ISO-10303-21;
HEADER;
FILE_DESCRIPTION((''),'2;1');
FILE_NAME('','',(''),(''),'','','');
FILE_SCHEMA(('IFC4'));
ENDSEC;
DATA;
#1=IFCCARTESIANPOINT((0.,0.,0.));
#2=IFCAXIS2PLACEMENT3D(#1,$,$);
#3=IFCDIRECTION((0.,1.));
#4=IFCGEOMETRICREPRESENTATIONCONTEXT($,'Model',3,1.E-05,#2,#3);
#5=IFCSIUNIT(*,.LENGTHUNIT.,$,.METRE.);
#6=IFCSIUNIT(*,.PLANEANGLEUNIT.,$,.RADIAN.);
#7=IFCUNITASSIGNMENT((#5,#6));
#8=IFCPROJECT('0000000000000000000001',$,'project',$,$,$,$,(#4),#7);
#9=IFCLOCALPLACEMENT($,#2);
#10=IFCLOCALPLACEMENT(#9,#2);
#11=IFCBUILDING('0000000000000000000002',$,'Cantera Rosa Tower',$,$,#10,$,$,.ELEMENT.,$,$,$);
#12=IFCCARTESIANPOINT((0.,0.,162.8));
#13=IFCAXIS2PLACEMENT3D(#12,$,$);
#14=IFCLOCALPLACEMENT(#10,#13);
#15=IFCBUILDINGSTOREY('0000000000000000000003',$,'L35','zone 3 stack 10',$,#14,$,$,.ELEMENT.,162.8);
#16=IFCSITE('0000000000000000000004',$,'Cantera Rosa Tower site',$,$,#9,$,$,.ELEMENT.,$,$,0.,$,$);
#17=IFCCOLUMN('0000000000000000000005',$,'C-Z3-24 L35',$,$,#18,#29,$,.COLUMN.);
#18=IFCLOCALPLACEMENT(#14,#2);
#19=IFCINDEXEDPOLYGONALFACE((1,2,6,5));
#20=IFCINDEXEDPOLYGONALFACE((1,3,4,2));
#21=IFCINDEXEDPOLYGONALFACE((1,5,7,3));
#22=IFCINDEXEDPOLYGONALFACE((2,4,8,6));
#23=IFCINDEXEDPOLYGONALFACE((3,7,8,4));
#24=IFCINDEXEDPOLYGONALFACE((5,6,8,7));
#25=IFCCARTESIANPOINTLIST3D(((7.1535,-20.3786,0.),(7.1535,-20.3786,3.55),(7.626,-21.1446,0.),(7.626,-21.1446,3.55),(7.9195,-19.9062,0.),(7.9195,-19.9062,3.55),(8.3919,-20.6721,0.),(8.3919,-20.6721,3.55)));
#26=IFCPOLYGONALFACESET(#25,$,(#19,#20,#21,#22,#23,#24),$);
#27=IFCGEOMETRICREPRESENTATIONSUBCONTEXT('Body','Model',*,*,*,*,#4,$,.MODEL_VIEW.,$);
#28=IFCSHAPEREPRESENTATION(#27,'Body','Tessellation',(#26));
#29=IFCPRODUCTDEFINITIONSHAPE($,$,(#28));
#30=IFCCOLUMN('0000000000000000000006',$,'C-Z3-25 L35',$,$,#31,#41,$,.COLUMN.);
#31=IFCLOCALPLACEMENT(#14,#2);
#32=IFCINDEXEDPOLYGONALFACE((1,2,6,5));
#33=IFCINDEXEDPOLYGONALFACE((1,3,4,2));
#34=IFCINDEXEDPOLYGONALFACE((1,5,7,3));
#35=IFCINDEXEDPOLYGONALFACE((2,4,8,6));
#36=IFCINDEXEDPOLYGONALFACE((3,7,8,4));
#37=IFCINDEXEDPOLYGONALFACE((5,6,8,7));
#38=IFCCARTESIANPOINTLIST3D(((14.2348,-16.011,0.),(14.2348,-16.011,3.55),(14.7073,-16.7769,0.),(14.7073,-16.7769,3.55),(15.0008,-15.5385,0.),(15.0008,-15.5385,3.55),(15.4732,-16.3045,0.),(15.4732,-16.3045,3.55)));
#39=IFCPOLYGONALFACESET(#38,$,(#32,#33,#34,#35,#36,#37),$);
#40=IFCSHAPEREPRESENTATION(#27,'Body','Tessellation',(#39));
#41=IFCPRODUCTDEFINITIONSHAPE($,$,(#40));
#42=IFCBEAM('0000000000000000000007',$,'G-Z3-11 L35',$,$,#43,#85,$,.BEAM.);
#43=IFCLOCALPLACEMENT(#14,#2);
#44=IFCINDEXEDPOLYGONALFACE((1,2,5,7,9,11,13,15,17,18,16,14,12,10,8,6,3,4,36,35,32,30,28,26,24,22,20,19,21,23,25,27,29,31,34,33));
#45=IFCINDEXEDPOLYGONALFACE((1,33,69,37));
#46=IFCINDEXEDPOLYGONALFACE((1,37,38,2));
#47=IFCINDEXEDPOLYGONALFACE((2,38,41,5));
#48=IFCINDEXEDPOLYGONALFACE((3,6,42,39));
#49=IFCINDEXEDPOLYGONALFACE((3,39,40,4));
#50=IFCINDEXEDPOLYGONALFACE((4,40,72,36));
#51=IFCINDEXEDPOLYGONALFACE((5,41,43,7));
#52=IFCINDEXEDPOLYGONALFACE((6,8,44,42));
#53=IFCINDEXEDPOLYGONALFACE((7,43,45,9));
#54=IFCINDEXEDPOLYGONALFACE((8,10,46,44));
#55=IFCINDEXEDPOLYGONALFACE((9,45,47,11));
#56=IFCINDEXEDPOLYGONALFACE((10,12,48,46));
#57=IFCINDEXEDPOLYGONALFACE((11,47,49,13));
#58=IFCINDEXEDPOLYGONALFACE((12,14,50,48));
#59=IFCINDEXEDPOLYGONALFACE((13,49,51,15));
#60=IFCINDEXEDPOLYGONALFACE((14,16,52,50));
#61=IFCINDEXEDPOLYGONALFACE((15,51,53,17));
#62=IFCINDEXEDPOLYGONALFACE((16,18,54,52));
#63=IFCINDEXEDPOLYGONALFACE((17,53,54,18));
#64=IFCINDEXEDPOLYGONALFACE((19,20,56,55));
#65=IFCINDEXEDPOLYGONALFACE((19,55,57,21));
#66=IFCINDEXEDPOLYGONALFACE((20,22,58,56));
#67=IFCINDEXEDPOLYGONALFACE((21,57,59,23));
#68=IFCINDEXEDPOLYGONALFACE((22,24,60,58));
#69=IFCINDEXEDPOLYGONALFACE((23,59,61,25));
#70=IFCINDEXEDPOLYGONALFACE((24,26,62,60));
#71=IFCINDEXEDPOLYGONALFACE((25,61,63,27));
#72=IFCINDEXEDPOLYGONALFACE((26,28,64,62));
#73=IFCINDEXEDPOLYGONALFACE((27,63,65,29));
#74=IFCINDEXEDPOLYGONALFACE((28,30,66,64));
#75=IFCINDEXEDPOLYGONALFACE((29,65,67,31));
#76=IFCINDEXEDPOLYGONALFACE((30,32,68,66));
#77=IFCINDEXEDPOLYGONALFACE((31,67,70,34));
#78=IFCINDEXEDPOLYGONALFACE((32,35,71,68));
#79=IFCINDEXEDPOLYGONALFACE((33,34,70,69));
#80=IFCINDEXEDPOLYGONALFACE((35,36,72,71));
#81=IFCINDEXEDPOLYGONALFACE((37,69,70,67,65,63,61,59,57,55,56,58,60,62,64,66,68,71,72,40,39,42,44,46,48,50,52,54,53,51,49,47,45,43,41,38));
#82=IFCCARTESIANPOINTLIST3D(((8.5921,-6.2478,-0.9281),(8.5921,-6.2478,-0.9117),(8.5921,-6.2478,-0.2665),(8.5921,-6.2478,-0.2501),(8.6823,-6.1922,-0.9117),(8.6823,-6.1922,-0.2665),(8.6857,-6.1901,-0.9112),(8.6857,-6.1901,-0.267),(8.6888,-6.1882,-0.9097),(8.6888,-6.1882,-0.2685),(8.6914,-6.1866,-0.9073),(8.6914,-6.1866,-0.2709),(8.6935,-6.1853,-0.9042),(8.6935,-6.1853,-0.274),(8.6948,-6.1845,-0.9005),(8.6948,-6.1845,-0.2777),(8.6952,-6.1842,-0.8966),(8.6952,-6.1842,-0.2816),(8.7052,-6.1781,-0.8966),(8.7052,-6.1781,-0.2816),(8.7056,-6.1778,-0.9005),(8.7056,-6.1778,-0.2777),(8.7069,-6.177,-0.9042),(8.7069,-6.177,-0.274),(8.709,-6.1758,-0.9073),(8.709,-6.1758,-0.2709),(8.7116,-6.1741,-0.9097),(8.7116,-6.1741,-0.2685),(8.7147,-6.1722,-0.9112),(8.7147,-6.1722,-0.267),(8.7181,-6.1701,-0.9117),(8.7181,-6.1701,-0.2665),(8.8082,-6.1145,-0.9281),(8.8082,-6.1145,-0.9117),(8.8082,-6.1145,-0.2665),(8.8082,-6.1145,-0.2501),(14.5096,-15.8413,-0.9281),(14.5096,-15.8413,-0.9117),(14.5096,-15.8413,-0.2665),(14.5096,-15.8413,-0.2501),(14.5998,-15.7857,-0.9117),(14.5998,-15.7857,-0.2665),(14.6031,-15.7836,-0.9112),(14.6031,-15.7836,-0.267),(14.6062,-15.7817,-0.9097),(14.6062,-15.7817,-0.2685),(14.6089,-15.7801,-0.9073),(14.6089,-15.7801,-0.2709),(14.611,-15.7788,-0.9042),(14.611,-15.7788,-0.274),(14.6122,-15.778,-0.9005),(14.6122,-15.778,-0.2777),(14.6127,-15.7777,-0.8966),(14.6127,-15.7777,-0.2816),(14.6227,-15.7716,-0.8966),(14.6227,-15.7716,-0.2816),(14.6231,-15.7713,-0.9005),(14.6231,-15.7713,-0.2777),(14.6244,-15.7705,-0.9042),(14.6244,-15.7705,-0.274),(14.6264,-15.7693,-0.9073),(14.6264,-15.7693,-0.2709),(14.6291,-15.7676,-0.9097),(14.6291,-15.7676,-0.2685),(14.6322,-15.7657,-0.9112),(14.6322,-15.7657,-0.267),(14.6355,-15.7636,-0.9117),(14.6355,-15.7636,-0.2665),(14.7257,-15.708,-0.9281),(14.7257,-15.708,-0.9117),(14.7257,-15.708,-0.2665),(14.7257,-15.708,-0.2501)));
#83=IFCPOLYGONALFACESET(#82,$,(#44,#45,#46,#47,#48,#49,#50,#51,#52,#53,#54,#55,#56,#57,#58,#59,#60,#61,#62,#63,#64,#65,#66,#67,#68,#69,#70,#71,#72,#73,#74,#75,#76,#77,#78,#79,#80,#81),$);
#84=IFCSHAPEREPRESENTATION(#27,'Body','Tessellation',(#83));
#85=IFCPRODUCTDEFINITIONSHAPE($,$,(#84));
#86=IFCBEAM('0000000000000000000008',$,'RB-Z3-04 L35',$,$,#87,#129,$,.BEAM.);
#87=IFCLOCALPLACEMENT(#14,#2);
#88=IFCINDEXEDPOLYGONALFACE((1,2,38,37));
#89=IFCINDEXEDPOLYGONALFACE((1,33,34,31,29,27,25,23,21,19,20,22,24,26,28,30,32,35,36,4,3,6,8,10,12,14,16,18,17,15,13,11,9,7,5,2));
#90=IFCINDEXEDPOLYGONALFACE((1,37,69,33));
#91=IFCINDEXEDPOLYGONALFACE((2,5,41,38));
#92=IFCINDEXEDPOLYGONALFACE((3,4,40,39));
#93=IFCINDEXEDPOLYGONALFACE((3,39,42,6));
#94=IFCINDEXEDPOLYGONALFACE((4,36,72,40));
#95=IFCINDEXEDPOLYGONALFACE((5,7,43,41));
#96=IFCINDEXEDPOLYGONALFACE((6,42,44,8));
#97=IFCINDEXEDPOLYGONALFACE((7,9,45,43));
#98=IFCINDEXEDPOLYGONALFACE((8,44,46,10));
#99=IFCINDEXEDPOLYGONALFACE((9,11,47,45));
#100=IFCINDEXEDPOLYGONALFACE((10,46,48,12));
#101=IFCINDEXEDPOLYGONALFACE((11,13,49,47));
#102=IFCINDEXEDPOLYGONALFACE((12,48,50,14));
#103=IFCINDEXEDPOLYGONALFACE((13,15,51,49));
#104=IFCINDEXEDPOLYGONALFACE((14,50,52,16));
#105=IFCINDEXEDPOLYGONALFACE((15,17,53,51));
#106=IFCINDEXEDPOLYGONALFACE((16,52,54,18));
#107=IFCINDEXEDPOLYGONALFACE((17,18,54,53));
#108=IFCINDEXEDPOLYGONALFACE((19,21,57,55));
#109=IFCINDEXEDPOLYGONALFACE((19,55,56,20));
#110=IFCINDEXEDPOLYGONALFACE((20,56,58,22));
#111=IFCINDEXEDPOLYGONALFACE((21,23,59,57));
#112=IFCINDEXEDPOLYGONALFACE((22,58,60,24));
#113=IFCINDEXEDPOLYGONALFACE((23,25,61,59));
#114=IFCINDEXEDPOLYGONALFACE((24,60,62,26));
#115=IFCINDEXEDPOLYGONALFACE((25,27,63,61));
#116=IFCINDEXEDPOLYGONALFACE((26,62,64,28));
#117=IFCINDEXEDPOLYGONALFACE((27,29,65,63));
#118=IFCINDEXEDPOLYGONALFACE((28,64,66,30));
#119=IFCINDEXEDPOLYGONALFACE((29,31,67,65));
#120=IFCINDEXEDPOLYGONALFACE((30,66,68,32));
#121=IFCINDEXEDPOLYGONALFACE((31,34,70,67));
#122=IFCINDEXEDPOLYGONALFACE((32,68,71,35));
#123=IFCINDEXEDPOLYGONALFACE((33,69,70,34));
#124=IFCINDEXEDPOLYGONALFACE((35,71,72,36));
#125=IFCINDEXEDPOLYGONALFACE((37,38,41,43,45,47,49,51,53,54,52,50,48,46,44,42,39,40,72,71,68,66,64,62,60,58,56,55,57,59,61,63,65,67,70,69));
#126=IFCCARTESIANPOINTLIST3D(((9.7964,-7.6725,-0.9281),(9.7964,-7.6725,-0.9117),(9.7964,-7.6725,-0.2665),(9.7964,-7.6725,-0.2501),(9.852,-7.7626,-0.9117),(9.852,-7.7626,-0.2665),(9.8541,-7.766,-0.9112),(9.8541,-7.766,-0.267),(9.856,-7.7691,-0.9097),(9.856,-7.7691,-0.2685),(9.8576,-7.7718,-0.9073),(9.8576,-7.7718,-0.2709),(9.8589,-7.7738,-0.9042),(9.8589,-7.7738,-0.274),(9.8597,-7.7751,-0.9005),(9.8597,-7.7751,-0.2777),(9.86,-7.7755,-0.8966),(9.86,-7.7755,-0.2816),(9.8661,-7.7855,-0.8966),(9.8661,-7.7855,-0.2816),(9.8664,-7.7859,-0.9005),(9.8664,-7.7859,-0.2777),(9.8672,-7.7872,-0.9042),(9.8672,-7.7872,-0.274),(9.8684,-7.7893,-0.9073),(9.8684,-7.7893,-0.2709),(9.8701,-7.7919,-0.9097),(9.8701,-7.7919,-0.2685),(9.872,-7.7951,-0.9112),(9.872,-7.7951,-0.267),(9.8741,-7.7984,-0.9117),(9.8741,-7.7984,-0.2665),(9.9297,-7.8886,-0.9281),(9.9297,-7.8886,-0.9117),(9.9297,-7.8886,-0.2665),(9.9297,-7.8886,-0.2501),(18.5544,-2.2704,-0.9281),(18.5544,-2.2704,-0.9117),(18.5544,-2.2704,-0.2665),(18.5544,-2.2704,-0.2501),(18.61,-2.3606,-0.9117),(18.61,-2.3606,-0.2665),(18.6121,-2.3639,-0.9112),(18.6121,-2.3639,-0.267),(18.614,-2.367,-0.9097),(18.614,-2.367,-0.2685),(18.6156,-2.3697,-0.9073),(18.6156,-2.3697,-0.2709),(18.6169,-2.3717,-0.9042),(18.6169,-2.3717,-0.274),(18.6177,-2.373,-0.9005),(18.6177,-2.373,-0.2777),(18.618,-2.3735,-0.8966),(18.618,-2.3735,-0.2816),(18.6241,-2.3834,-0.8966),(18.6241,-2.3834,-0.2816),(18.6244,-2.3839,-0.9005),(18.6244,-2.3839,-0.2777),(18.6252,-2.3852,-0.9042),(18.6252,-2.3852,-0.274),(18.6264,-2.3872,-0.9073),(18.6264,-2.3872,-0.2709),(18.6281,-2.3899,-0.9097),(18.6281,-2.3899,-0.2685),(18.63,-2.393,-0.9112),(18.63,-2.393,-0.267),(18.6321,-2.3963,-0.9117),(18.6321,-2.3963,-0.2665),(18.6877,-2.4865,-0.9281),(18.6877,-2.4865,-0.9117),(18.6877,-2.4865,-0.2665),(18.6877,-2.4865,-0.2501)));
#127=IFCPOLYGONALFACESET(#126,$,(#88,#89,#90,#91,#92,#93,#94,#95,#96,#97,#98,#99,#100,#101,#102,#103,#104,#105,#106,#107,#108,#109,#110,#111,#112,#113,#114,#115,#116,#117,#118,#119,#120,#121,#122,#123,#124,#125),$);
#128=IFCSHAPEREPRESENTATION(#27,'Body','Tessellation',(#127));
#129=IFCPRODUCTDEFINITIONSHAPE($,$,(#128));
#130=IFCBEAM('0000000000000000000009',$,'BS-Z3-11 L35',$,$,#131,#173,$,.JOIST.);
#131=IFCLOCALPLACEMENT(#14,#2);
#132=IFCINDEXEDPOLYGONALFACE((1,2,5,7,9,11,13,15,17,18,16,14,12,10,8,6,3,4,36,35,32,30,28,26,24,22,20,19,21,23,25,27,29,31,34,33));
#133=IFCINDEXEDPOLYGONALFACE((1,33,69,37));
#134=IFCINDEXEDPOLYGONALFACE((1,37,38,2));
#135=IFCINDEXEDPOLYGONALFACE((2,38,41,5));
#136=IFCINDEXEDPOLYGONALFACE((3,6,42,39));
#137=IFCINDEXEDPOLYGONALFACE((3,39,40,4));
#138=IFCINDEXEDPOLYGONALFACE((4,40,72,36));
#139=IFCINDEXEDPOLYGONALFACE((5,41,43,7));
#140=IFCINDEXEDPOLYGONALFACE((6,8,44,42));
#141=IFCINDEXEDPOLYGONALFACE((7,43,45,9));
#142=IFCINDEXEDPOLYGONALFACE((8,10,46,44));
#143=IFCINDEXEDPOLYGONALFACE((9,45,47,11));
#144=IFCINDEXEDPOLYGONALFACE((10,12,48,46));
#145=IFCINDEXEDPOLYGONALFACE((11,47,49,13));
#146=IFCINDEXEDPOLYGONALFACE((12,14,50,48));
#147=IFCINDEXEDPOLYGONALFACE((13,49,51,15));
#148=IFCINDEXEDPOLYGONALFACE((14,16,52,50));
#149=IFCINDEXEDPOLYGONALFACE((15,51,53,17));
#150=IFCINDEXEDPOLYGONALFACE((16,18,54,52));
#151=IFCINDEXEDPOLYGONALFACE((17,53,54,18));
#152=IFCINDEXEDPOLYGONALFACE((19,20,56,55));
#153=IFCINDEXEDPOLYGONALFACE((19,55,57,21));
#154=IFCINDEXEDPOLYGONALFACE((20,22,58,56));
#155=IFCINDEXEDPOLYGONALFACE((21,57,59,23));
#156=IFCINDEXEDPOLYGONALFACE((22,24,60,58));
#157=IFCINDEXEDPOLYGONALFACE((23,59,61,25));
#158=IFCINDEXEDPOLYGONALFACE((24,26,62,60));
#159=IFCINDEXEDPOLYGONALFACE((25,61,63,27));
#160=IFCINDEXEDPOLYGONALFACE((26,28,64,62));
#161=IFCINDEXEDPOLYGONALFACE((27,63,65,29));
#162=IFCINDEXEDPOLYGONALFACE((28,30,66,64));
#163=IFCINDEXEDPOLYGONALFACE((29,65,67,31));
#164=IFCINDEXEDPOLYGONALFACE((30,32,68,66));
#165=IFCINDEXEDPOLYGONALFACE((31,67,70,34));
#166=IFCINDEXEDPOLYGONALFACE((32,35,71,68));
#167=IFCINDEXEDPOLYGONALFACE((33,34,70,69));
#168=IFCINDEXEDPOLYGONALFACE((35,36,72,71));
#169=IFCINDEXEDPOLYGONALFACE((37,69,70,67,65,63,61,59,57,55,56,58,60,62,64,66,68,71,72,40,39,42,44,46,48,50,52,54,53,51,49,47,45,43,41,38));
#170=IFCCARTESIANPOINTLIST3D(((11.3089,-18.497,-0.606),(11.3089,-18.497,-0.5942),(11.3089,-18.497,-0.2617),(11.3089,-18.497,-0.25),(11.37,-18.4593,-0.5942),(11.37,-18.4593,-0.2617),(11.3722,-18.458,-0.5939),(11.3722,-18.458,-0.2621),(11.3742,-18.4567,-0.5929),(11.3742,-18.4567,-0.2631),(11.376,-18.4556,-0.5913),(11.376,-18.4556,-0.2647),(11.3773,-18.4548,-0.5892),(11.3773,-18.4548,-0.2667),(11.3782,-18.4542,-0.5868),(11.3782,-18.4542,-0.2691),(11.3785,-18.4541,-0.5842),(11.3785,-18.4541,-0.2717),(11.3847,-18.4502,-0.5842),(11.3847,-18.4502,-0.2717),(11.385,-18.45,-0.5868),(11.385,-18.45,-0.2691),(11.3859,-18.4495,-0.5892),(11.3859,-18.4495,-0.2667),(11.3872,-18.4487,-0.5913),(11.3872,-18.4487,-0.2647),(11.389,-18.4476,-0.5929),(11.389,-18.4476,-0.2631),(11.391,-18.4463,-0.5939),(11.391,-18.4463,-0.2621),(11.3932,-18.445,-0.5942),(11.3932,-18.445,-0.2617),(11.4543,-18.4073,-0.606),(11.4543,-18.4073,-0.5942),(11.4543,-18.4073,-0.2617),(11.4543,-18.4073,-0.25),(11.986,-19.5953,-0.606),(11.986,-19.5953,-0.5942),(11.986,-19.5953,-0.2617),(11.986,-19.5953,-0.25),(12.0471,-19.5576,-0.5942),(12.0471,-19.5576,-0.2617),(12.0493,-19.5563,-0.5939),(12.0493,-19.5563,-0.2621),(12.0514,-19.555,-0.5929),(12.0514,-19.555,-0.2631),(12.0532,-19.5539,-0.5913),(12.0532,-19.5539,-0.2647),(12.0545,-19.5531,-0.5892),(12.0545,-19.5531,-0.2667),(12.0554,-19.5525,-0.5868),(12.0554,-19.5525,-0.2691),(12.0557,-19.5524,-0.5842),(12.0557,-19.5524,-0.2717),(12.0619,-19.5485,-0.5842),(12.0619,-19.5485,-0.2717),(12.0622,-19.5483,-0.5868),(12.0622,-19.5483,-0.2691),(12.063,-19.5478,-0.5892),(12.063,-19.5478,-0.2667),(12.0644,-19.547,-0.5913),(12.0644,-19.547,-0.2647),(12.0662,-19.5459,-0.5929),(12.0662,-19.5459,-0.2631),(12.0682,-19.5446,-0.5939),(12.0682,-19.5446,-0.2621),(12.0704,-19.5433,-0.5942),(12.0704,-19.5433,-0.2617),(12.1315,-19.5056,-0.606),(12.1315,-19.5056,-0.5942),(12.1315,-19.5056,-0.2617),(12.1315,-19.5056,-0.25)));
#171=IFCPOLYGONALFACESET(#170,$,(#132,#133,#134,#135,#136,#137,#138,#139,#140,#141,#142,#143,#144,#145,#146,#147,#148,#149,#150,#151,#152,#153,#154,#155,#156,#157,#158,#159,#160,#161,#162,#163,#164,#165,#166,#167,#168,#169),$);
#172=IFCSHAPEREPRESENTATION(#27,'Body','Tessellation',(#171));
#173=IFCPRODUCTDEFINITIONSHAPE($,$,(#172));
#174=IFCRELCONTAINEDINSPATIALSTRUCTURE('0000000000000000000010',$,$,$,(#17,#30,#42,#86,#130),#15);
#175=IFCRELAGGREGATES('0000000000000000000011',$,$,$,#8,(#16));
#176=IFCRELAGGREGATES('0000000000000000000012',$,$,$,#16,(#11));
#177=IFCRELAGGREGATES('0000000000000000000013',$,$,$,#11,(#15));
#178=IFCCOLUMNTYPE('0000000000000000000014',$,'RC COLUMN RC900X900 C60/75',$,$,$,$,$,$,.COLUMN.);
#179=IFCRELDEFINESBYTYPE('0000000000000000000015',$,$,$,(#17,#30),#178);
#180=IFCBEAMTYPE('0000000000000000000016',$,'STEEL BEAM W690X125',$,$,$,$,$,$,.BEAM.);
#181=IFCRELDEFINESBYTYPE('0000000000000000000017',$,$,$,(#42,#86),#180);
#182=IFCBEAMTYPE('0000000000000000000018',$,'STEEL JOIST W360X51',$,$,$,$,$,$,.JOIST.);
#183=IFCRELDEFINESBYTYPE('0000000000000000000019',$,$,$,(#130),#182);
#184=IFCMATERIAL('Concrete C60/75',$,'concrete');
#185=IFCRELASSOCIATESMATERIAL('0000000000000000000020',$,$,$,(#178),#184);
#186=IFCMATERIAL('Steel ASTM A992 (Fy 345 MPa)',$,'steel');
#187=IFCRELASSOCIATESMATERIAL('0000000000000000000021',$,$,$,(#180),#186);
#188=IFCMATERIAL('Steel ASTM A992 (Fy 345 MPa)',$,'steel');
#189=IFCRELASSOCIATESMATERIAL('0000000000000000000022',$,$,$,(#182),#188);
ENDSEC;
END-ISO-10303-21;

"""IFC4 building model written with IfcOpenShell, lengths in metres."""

from ifc_helpers import new_model, si_unit, direction, frame, origin, origin_2d, place, context, subcontext, project, spatial, rectangle, i_section, extrude, material, material_profile, profile_set, type_object, element, save


model = new_model("IFC4")

# Units and contexts
model_context = context("Model", 3, precision=1e-05, world=origin(), true_north=direction((0.0, 1.0)))
body_context = subcontext(model_context, "Body", "Model", "MODEL_VIEW")
ifc_project = project(units=[si_unit("LENGTHUNIT", "METRE"), si_unit("PLANEANGLEUNIT", "RADIAN")], contexts=[model_context])

# Site, building, storey
site_placement = place(None, origin())
site = spatial("IfcSite", under=ifc_project, at=site_placement, Name="Cantera Rosa Tower site", CompositionType="ELEMENT", RefElevation=0.0)
building_placement = place(site_placement, origin())
building = spatial("IfcBuilding", under=site, at=building_placement, Name="Cantera Rosa Tower", CompositionType="ELEMENT")
storey_placement = place(building_placement, frame((0.0, 0.0, 162.8)))
storey = spatial("IfcBuildingStorey", under=building, at=storey_placement, Name="L35", Description="zone 3 stack 10", CompositionType="ELEMENT", Elevation=162.8)

# Columns
ifc_material_1 = material(Name="Concrete C60/75", Category="concrete")
ifc_material_profile_1 = material_profile(ifc_material_1, rectangle(XDim=0.8999, YDim=0.8999, at=origin_2d()), Name="RC COLUMN RC900X900 C60/75")
ifc_profile_set_1 = profile_set([ifc_material_profile_1], Name="Concrete C60/75")
column_type = type_object("IfcColumnType", Name="RC COLUMN RC900X900 C60/75", PredefinedType="COLUMN", material=ifc_profile_set_1)
for number, where, z_axis, x_axis, name in (
    (1, (7.7727, -20.5254, 0.0), (0.0, 0.0, 1.0), (0.851117, 0.524977, 0.0), "C-Z3-24 L35"),
    (2, (14.854, -16.1577, 0.0), (0.0, 0.0, 1.0), (0.851117, 0.524977, 0.0), "C-Z3-25 L35"),
):
    element("IfcColumn", number, at=place(storey_placement, frame(where, z_axis=z_axis, x_axis=x_axis)), inside=storey, type_object=column_type, Name=name, PredefinedType="COLUMN", context=body_context, shape_type="SweptSolid", body=[
        extrude(rectangle(XDim=0.8999, YDim=0.8999, at=origin_2d()), origin(), (0.0, 0.0, 1.0), 3.55),
    ])

# Beams
ifc_material_2 = material(Name="Steel ASTM A992 (Fy 345 MPa)", Category="steel")
ifc_material_profile_2 = material_profile(ifc_material_2, i_section(OverallWidth=0.2539, OverallDepth=0.678, WebThickness=0.0117, FlangeThickness=0.0164, FilletRadius=0.0151, at=origin_2d()), Name="W690X125")
ifc_profile_set_2 = profile_set([ifc_material_profile_2], Name="Steel ASTM A992 (Fy 345 MPa)")
beam_type_1 = type_object("IfcBeamType", Name="STEEL BEAM W690X125", PredefinedType="BEAM", material=ifc_profile_set_2)
beam_1_placement = place(storey_placement, frame((14.6177, -15.7747, -0.5891), z_axis=(-0.524984, 0.851112, 0.0), x_axis=(-0.851112, -0.524984, 0.0)))
element("IfcBeam", 3, at=beam_1_placement, inside=storey, type_object=beam_type_1, Name="G-Z3-11 L35", PredefinedType="BEAM", context=body_context, shape_type="SweptSolid", body=[
    extrude(i_section(OverallWidth=0.2539, OverallDepth=0.678, WebThickness=0.0117, FlangeThickness=0.0164, FilletRadius=0.0151, at=origin_2d()), origin(), (0.0, 0.0, 1.0), 11.2717),
])
beam_2_placement = place(storey_placement, frame((9.863, -7.7805, -0.5891), z_axis=(0.851115, 0.52498, 0.0), x_axis=(-0.52498, 0.851115, 0.0)))
element("IfcBeam", 4, at=beam_2_placement, inside=storey, type_object=beam_type_1, Name="RB-Z3-04 L35", PredefinedType="BEAM", context=body_context, shape_type="SweptSolid", body=[
    extrude(i_section(OverallWidth=0.2539, OverallDepth=0.678, WebThickness=0.0117, FlangeThickness=0.0164, FilletRadius=0.0151, at=origin_2d()), origin(), (0.0, 0.0, 1.0), 10.29),
])
ifc_material_3 = material(Name="Steel ASTM A992 (Fy 345 MPa)", Category="steel")
ifc_material_profile_3 = material_profile(ifc_material_3, i_section(OverallWidth=0.1709, OverallDepth=0.356, WebThickness=0.0073, FlangeThickness=0.0117, FilletRadius=0.01, at=origin_2d()), Name="W360X51")
ifc_profile_set_3 = profile_set([ifc_material_profile_3], Name="Steel ASTM A992 (Fy 345 MPa)")
beam_type_2 = type_object("IfcBeamType", Name="STEEL JOIST W360X51", PredefinedType="JOIST", material=ifc_profile_set_3)
beam_3_placement = place(storey_placement, frame((11.3816, -18.4521, -0.428), z_axis=(0.524836, -0.851203, 0.0), x_axis=(0.851203, 0.524836, 0.0)))
element("IfcBeam", 5, at=beam_3_placement, inside=storey, type_object=beam_type_2, Name="BS-Z3-11 L35", PredefinedType="JOIST", context=body_context, shape_type="SweptSolid", body=[
    extrude(i_section(OverallWidth=0.1709, OverallDepth=0.356, WebThickness=0.0073, FlangeThickness=0.0117, FilletRadius=0.01, at=origin_2d()), origin(), (0.0, 0.0, 1.0), 1.2903),
])

save(model, "model.ifc")
